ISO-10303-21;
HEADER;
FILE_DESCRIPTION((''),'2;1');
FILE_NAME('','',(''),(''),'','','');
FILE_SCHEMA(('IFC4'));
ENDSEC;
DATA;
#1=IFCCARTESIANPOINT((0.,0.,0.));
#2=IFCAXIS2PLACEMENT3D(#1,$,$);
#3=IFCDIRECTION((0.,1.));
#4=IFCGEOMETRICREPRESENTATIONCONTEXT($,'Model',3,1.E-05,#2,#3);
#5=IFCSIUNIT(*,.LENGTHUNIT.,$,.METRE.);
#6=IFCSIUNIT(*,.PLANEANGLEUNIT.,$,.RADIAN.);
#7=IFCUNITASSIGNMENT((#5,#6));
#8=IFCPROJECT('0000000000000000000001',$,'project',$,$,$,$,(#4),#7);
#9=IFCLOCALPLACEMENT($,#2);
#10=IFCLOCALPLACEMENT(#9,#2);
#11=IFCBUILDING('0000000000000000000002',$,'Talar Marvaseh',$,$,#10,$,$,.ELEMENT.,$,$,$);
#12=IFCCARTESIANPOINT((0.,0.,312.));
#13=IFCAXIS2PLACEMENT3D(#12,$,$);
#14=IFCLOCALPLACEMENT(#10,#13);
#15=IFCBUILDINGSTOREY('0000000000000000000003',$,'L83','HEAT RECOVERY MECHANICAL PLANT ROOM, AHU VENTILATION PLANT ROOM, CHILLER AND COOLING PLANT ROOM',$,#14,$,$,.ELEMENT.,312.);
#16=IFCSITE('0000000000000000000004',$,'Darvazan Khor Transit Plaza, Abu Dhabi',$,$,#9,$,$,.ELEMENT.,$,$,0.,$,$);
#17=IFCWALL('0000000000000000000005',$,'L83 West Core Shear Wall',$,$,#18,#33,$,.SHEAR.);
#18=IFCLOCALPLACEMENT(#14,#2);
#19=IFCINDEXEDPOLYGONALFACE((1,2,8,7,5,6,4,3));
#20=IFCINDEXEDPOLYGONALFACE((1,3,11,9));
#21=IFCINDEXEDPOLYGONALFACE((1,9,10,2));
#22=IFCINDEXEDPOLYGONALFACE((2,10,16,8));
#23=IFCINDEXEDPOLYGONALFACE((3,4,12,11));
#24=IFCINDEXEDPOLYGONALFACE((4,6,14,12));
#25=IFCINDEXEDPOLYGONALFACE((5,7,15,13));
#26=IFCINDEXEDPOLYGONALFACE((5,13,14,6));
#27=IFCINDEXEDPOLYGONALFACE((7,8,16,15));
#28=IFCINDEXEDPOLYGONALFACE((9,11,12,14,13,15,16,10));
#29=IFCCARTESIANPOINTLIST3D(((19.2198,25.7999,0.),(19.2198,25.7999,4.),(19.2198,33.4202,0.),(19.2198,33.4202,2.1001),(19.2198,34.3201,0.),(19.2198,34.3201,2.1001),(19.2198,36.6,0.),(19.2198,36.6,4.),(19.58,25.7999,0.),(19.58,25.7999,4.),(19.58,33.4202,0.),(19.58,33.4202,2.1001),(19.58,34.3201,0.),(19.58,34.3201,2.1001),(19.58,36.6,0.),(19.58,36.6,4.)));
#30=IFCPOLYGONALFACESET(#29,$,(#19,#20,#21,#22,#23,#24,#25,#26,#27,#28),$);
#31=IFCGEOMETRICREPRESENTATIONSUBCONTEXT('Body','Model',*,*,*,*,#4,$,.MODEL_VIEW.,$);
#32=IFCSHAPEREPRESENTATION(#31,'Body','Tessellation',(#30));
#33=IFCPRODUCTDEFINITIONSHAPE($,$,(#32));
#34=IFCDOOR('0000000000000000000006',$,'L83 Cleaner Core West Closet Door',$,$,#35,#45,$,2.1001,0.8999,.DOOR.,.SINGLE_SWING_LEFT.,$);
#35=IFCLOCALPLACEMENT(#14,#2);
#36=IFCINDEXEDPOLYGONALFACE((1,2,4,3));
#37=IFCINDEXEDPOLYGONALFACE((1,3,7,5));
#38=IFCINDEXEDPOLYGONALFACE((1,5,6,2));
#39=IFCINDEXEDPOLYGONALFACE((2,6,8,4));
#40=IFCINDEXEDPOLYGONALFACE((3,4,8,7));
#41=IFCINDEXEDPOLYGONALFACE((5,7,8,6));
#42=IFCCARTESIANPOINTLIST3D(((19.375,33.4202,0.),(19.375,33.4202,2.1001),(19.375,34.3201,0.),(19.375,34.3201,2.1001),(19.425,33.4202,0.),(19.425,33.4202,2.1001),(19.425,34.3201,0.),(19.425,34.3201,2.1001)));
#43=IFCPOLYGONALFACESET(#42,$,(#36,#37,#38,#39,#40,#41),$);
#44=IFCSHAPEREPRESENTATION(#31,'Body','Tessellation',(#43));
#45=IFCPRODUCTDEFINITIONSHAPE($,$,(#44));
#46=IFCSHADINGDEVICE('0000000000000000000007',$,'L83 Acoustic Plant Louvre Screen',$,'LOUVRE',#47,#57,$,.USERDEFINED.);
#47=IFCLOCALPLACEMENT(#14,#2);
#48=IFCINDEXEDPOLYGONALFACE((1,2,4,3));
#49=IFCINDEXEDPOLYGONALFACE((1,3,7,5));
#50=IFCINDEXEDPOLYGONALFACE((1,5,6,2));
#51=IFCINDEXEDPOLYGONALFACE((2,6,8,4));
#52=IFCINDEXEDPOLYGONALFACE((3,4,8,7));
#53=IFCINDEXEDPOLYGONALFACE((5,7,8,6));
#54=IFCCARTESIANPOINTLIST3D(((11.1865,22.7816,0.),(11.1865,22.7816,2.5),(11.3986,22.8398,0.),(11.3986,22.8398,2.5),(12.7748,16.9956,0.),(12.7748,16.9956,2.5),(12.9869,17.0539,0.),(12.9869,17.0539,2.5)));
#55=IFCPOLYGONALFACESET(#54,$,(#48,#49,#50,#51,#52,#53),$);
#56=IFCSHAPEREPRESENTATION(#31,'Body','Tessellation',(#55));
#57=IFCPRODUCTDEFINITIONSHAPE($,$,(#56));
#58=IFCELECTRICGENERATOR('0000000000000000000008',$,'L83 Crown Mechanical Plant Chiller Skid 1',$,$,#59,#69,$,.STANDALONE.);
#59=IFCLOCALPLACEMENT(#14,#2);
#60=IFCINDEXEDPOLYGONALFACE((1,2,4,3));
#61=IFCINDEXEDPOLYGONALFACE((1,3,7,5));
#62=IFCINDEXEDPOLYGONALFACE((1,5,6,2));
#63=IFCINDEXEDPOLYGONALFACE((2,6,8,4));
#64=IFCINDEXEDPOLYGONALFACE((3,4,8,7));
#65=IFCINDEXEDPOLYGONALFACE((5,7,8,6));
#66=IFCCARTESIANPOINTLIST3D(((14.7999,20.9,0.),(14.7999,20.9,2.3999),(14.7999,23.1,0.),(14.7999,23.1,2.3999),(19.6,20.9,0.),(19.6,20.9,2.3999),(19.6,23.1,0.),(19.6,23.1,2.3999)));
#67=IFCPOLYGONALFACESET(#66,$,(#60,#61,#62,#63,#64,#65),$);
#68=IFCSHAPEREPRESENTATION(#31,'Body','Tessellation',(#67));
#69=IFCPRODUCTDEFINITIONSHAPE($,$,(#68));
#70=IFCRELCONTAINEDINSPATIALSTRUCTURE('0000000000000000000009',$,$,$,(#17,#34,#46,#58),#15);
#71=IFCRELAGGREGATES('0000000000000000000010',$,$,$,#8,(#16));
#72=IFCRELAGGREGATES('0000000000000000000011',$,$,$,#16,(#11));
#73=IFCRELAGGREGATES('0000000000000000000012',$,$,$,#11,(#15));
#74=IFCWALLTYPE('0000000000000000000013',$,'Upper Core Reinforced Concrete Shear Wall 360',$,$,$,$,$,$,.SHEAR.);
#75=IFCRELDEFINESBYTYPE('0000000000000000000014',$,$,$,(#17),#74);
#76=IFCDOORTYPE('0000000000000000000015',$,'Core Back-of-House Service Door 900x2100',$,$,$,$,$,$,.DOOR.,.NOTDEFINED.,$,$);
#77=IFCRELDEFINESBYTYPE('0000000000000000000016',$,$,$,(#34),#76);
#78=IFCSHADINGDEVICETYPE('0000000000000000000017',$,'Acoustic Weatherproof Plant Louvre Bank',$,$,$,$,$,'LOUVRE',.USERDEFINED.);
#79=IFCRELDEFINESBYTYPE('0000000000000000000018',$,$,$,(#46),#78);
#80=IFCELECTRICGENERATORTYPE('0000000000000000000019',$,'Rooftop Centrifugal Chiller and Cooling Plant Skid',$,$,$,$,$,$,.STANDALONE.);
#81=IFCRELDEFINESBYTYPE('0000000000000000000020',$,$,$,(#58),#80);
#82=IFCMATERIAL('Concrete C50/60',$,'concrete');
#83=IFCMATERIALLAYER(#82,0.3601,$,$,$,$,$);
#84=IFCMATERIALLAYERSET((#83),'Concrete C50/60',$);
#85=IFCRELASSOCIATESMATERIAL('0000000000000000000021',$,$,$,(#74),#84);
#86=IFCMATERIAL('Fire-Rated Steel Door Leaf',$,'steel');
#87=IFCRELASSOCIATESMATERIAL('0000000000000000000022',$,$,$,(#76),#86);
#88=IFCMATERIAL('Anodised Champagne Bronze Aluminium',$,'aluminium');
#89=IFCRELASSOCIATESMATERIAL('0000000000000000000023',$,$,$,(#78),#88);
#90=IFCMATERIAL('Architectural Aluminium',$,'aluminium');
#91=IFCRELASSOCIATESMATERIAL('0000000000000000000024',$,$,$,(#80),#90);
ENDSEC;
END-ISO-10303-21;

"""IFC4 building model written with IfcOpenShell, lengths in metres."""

from ifc_helpers import new_model, si_unit, direction, frame, frame_2d, origin, origin_2d, place, context, subcontext, project, spatial, rectangle, extrude, source, transform, mapped, material, layer, layer_set, type_object, type_shapes, element, fill, save


model = new_model("IFC4")

# Units and contexts
model_context = context("Model", 3, precision=1e-05, world=origin(), true_north=direction((0.0, 1.0)))
body_context = subcontext(model_context, "Body", "Model", "MODEL_VIEW")
ifc_project = project(units=[si_unit("LENGTHUNIT", "METRE"), si_unit("PLANEANGLEUNIT", "RADIAN")], contexts=[model_context])

# Site, building, storey
site_placement = place(None, origin())
site = spatial("IfcSite", under=ifc_project, at=site_placement, Name="Darvazan Khor Transit Plaza, Abu Dhabi", CompositionType="ELEMENT", RefElevation=0.0)
building_placement = place(site_placement, origin())
building = spatial("IfcBuilding", under=site, at=building_placement, Name="Talar Marvaseh", CompositionType="ELEMENT")
storey_placement = place(building_placement, frame((0.0, 0.0, 312.0)))
storey = spatial("IfcBuildingStorey", under=building, at=storey_placement, Name="L83", Description="HEAT RECOVERY MECHANICAL PLANT ROOM, AHU VENTILATION PLANT ROOM, CHILLER AND COOLING PLANT ROOM", CompositionType="ELEMENT", Elevation=312.0)

# Shared definitions
ifc_material_1 = material(Name="Concrete C50/60", Category="concrete")

# Shared definitions
ifc_material_2 = material(Name="Architectural Aluminium", Category="aluminium")

# Wall, opening, door
ifc_layer_1 = layer(ifc_material_1, 0.3601)
ifc_layer_set_1 = layer_set([ifc_layer_1], Name="Concrete C50/60")
wall_type_1 = type_object("IfcWallType", Name="Upper Core Reinforced Concrete Shear Wall 360", PredefinedType="SHEAR", material=ifc_layer_set_1)
wall_1_placement = place(storey_placement, frame((19.3999, 25.8, 0.0), z_axis=(0.0, 0.0, 1.0), x_axis=(0.0, 1.0, 0.0)))
wall_1 = element("IfcWall", 1, at=wall_1_placement, inside=storey, type_object=wall_type_1, Name="L83 West Core Shear Wall", PredefinedType="SHEAR", context=body_context, shape_type="SweptSolid", body=[
    extrude(rectangle(XDim=10.8, YDim=0.3601, at=frame_2d((5.3999, 0.0))), origin(), (0.0, 0.0, 1.0), 4.0),
])
opening_1_placement = place(wall_1_placement, frame((7.6201, 0.0, 0.0)))
opening_1 = element("IfcOpeningElement", 2, at=opening_1_placement, cuts=wall_1, PredefinedType="OPENING", context=body_context, shape_type="SweptSolid", body=[
    extrude(rectangle(XDim=0.8999, YDim=2.1001, at=frame_2d((0.45, 1.05))), frame((0.0, 0.1899, 0.0), z_axis=(0.0, -1.0, 0.0), x_axis=(1.0, 0.0, 0.0)), (0.0, 0.0, 1.0), 0.3801),
])
ifc_material_3 = material(Name="Fire-Rated Steel Door Leaf", Category="steel")
door_type_1 = type_object("IfcDoorType", Name="Core Back-of-House Service Door 900x2100", OperationType="NOTDEFINED", PredefinedType="DOOR", material=ifc_material_3)
shared_shape_1 = source(origin(), body_context, "Body", "SweptSolid", [
    extrude(rectangle(XDim=0.8999, YDim=2.1001, at=frame_2d((0.45, 1.05))), frame((0.0, 0.0249, 0.0), z_axis=(0.0, -1.0, 0.0), x_axis=(1.0, 0.0, 0.0)), (0.0, 0.0, 1.0), 0.05),
])
type_shapes(door_type_1, [shared_shape_1])
door_1_placement = place(opening_1_placement, origin())
door_1 = element("IfcDoor", 3, at=door_1_placement, inside=storey, type_object=door_type_1, Name="L83 Cleaner Core West Closet Door", OperationType="SINGLE_SWING_LEFT", OverallHeight=2.1001, OverallWidth=0.8999, PredefinedType="DOOR", context=body_context, shape_type="MappedRepresentation", body=[
    mapped(shared_shape_1, transform((0.0, 0.0, 0.0), x_axis=(1.0, 0.0, 0.0), y_axis=(0.0, 1.0, 0.0), z_axis=(0.0, 0.0, 1.0), scale=1.0)),
])
fill(opening_1, door_1)

# Shading device
ifc_material_4 = material(Name="Anodised Champagne Bronze Aluminium", Category="aluminium")
shading_device_type = type_object("IfcShadingDeviceType", Name="Acoustic Weatherproof Plant Louvre Bank", ElementType="LOUVRE", PredefinedType="USERDEFINED", material=ifc_material_4)
shared_shape_2 = source(origin(), body_context, "Body", "SweptSolid", [
    extrude(rectangle(XDim=6.0, YDim=0.22, at=origin_2d()), origin(), (0.0, 0.0, 1.0), 2.5),
])
type_shapes(shading_device_type, [shared_shape_2])
shading_device_placement = place(storey_placement, frame((12.0867, 19.9177, 0.0), z_axis=(0.0, 0.0, 1.0), x_axis=(-0.264715, 0.964327, 0.0)))
element("IfcShadingDevice", 4, at=shading_device_placement, inside=storey, type_object=shading_device_type, Name="L83 Acoustic Plant Louvre Screen", ObjectType="LOUVRE", PredefinedType="USERDEFINED", context=body_context, shape_type="MappedRepresentation", body=[
    mapped(shared_shape_2, transform((0.0, 0.0, 0.0), x_axis=(1.0, 0.0, 0.0), y_axis=(0.0, 1.0, 0.0), z_axis=(0.0, 0.0, 1.0), scale=1.0)),
])

# Electric generator
electric_generator_type = type_object("IfcElectricGeneratorType", Name="Rooftop Centrifugal Chiller and Cooling Plant Skid", PredefinedType="STANDALONE", material=ifc_material_2)
shared_shape_3 = source(origin(), body_context, "Body", "SweptSolid", [
    extrude(rectangle(XDim=4.8, YDim=2.2, at=origin_2d()), origin(), (0.0, 0.0, 1.0), 2.3999),
])
type_shapes(electric_generator_type, [shared_shape_3])
electric_generator_placement = place(storey_placement, frame((17.2, 22.0, 0.0), z_axis=(0.0, 0.0, 1.0), x_axis=(1.0, 0.0, 0.0)))
element("IfcElectricGenerator", 5, at=electric_generator_placement, inside=storey, type_object=electric_generator_type, Name="L83 Crown Mechanical Plant Chiller Skid 1", PredefinedType="STANDALONE", context=body_context, shape_type="MappedRepresentation", body=[
    mapped(shared_shape_3, transform((0.0, 0.0, 0.0), x_axis=(1.0, 0.0, 0.0), y_axis=(0.0, 1.0, 0.0), z_axis=(0.0, 0.0, 1.0), scale=1.0)),
])

save(model, "model.ifc")
